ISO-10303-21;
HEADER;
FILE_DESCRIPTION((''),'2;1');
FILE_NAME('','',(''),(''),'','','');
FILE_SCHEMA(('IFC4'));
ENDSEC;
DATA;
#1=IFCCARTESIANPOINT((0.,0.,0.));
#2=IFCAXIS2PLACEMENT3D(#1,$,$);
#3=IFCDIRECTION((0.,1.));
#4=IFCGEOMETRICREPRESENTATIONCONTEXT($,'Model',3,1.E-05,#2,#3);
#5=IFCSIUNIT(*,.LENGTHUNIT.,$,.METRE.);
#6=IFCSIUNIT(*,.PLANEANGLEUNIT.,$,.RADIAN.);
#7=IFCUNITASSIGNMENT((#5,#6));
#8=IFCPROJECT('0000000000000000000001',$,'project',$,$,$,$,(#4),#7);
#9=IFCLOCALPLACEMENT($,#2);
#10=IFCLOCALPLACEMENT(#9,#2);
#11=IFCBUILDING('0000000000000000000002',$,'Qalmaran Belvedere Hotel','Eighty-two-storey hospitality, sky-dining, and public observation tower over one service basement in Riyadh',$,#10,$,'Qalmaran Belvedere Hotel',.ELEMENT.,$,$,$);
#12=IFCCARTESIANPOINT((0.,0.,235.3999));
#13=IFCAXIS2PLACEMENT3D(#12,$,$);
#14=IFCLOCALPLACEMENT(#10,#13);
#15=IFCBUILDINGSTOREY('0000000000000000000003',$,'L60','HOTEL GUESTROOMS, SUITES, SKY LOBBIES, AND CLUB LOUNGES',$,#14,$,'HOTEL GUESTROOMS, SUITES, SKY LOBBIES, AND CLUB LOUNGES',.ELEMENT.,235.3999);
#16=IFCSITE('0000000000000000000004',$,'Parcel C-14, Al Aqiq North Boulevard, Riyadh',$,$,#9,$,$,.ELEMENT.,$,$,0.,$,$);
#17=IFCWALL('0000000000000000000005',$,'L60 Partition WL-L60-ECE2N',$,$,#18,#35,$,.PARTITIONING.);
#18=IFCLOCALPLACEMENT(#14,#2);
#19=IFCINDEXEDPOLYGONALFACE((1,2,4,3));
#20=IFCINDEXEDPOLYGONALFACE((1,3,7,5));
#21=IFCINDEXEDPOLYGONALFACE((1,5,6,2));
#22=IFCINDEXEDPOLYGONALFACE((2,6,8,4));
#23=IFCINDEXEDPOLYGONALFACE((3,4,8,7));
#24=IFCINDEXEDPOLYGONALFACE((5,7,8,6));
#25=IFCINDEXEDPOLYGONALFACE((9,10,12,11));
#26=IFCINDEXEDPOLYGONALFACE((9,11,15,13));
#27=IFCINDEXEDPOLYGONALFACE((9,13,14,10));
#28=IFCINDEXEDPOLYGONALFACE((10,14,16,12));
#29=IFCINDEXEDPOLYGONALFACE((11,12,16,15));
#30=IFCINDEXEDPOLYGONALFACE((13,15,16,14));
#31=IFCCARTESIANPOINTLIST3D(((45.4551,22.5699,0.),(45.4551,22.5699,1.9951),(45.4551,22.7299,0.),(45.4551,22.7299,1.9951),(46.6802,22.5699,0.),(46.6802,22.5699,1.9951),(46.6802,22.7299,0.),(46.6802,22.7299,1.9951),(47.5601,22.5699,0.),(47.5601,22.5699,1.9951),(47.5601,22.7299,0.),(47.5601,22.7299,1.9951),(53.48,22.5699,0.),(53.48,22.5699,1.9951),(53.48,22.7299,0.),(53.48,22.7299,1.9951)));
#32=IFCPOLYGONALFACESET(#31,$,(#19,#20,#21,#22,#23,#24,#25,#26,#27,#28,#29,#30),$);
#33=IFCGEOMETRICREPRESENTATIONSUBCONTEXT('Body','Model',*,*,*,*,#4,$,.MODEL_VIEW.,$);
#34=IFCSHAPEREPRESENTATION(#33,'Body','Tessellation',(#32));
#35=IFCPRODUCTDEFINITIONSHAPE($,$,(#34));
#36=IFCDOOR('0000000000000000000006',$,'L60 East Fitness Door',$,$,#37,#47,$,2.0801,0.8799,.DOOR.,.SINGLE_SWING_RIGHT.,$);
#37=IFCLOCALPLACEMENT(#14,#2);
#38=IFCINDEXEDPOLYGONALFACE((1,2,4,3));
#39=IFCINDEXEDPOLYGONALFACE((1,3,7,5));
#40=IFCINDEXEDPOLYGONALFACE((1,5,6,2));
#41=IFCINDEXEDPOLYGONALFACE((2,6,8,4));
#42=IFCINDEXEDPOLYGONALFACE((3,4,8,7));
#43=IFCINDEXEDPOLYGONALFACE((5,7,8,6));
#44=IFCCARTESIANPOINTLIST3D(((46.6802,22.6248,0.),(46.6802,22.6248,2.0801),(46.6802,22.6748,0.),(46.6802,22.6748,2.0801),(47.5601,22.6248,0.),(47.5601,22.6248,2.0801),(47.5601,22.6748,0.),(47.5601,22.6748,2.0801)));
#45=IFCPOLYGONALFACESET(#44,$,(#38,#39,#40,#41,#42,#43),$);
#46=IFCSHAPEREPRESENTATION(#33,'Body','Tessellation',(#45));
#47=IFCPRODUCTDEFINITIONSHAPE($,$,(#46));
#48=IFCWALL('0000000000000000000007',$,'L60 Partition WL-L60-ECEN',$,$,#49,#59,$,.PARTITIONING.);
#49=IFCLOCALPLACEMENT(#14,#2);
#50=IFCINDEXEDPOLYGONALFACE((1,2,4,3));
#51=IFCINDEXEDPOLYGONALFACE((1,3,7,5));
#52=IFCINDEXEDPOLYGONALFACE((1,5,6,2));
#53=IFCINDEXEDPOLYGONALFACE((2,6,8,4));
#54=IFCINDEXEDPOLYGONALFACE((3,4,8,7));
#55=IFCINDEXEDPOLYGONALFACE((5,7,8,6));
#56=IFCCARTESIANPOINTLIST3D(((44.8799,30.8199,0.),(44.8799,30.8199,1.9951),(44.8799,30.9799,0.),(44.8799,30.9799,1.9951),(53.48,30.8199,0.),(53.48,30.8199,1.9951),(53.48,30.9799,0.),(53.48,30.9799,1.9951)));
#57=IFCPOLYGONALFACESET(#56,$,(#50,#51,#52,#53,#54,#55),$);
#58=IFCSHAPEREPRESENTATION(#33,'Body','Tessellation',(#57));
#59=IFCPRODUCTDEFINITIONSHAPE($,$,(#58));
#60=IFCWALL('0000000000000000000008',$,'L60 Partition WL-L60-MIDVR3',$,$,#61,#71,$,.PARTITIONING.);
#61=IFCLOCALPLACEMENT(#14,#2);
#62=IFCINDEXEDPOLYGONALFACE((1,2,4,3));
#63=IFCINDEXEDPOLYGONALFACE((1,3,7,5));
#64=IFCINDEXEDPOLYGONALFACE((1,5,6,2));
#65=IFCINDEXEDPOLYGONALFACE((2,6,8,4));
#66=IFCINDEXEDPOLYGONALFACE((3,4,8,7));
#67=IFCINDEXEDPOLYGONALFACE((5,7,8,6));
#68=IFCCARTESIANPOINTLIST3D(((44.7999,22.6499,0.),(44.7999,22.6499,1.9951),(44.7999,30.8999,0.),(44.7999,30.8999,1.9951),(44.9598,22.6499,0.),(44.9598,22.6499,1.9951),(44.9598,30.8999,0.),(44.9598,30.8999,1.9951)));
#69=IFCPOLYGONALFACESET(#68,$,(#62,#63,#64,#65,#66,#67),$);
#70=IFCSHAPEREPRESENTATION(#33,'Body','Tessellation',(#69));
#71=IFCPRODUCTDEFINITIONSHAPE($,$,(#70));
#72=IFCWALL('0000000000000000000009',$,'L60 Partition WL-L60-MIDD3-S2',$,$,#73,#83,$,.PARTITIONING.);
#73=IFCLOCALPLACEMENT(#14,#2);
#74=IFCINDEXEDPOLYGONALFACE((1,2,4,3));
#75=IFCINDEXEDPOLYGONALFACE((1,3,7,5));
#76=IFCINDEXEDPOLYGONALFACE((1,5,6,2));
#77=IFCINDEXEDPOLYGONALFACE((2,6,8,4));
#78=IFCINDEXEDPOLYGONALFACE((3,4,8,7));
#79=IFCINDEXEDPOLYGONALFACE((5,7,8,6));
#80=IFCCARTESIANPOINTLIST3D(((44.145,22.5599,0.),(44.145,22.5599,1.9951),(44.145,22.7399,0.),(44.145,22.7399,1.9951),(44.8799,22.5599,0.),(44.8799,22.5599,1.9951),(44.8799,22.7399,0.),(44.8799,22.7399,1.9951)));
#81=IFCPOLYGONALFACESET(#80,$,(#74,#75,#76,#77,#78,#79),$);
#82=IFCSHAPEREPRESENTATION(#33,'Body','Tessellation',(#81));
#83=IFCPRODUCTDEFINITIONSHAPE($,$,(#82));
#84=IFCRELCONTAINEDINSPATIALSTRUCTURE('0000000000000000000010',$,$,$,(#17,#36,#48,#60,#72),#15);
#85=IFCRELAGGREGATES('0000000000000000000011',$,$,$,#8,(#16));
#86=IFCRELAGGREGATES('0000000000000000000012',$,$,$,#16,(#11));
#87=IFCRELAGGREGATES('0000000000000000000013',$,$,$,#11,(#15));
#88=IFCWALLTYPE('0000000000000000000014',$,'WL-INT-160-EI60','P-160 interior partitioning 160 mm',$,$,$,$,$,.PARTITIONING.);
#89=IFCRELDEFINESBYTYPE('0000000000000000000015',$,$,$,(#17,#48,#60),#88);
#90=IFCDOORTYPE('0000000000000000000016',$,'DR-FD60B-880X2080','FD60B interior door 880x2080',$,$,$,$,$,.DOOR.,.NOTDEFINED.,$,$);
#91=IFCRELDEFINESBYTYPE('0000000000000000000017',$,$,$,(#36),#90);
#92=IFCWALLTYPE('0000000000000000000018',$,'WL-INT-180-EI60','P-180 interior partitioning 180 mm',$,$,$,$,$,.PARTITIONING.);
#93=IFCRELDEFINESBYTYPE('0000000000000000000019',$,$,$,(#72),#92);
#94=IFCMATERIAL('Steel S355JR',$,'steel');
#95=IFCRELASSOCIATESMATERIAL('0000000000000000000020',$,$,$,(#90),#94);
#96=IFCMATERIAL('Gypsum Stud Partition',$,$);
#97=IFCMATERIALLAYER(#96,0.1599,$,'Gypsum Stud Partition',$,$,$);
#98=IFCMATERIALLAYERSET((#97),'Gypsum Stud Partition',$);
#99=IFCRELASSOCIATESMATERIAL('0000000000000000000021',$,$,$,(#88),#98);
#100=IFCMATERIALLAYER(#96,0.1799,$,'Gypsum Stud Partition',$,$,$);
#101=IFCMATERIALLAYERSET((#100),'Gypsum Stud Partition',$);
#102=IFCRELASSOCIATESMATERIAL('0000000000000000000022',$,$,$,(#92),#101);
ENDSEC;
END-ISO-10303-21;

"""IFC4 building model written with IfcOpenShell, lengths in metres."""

from ifc_helpers import new_model, si_unit, direction, frame, frame_2d, origin, place, context, subcontext, project, spatial, rectangle, extrude, material, layer, layer_set, type_object, element, fill, save


model = new_model("IFC4")

# Units and contexts
model_context = context("Model", 3, precision=1e-05, world=origin(), true_north=direction((0.0, 1.0)))
body_context = subcontext(model_context, "Body", "Model", "MODEL_VIEW")
ifc_project = project(units=[si_unit("LENGTHUNIT", "METRE"), si_unit("PLANEANGLEUNIT", "RADIAN")], contexts=[model_context])

# Site, building, storey
site_placement = place(None, origin())
site = spatial("IfcSite", under=ifc_project, at=site_placement, Name="Parcel C-14, Al Aqiq North Boulevard, Riyadh", CompositionType="ELEMENT", RefElevation=0.0)
building_placement = place(site_placement, origin())
building = spatial("IfcBuilding", under=site, at=building_placement, Name="Qalmaran Belvedere Hotel", Description="Eighty-two-storey hospitality, sky-dining, and public observation tower over one service basement in Riyadh", LongName="Qalmaran Belvedere Hotel", CompositionType="ELEMENT")
storey_placement = place(building_placement, frame((0.0, 0.0, 235.3999)))
storey = spatial("IfcBuildingStorey", under=building, at=storey_placement, Name="L60", Description="HOTEL GUESTROOMS, SUITES, SKY LOBBIES, AND CLUB LOUNGES", LongName="HOTEL GUESTROOMS, SUITES, SKY LOBBIES, AND CLUB LOUNGES", CompositionType="ELEMENT", Elevation=235.3999)

# Shared definitions
ifc_material_1 = material(Name="Steel S355JR", Category="steel")

# Shared definitions
ifc_material_2 = material(Name="Gypsum Stud Partition")

# Shared definitions
door_type = type_object("IfcDoorType", Name="DR-FD60B-880X2080", Description="FD60B interior door 880x2080", OperationType="NOTDEFINED", PredefinedType="DOOR", material=ifc_material_1)

# Shared definitions
ifc_layer_1 = layer(ifc_material_2, 0.1599, Name="Gypsum Stud Partition")
ifc_layer_set_1 = layer_set([ifc_layer_1], Name="Gypsum Stud Partition")
wall_type_1 = type_object("IfcWallType", Name="WL-INT-160-EI60", Description="P-160 interior partitioning 160 mm", PredefinedType="PARTITIONING", material=ifc_layer_set_1)

# Wall, opening, door
wall_1_placement = place(storey_placement, frame((45.4551, 22.6499, 0.0), z_axis=(0.0, 0.0, 1.0), x_axis=(1.0, 0.0, 0.0)))
wall_1 = element("IfcWall", 1, at=wall_1_placement, inside=storey, type_object=wall_type_1, Name="L60 Partition WL-L60-ECE2N", PredefinedType="PARTITIONING", context=body_context, shape_type="SweptSolid", body=[
    extrude(rectangle(XDim=8.0249, YDim=0.1599, at=frame_2d((4.0125, 0.0))), origin(), (0.0, 0.0, 1.0), 1.9951),
])
opening_1_placement = place(wall_1_placement, frame((1.2251, 0.0, 0.0)))
opening_1 = element("IfcOpeningElement", 2, at=opening_1_placement, cuts=wall_1, PredefinedType="OPENING", context=body_context, shape_type="SweptSolid", body=[
    extrude(rectangle(XDim=0.8799, YDim=2.0801, at=frame_2d((0.4399, 1.04))), frame((0.0, 0.0898, 0.0), z_axis=(0.0, -1.0, 0.0), x_axis=(1.0, 0.0, 0.0)), (0.0, 0.0, 1.0), 0.1799),
])
door_1_placement = place(opening_1_placement, origin())
door_1 = element("IfcDoor", 3, at=door_1_placement, inside=storey, type_object=door_type, Name="L60 East Fitness Door", OperationType="SINGLE_SWING_RIGHT", OverallHeight=2.0801, OverallWidth=0.8799, PredefinedType="DOOR", context=body_context, shape_type="SweptSolid", body=[
    extrude(rectangle(XDim=0.8799, YDim=2.0801, at=frame_2d((0.4399, 1.04))), frame((0.0, 0.0249, 0.0), z_axis=(0.0, -1.0, 0.0), x_axis=(1.0, 0.0, 0.0)), (0.0, 0.0, 1.0), 0.05),
])
fill(opening_1, door_1)

# Walls
wall_2_placement = place(storey_placement, frame((44.8799, 30.8999, 0.0), z_axis=(0.0, 0.0, 1.0), x_axis=(1.0, 0.0, 0.0)))
element("IfcWall", 4, at=wall_2_placement, inside=storey, type_object=wall_type_1, Name="L60 Partition WL-L60-ECEN", PredefinedType="PARTITIONING", context=body_context, shape_type="SweptSolid", body=[
    extrude(rectangle(XDim=8.6001, YDim=0.1599, at=frame_2d((4.3, 0.0))), origin(), (0.0, 0.0, 1.0), 1.9951),
])
wall_3_placement = place(storey_placement, frame((44.8799, 22.6499, 0.0), z_axis=(0.0, 0.0, 1.0), x_axis=(0.0, 1.0, 0.0)))
element("IfcWall", 5, at=wall_3_placement, inside=storey, type_object=wall_type_1, Name="L60 Partition WL-L60-MIDVR3", PredefinedType="PARTITIONING", context=body_context, shape_type="SweptSolid", body=[
    extrude(rectangle(XDim=8.25, YDim=0.1599, at=frame_2d((4.125, 0.0))), origin(), (0.0, 0.0, 1.0), 1.9951),
])
ifc_layer_2 = layer(ifc_material_2, 0.1799, Name="Gypsum Stud Partition")
ifc_layer_set_2 = layer_set([ifc_layer_2], Name="Gypsum Stud Partition")
wall_type_2 = type_object("IfcWallType", Name="WL-INT-180-EI60", Description="P-180 interior partitioning 180 mm", PredefinedType="PARTITIONING", material=ifc_layer_set_2)
wall_4_placement = place(storey_placement, frame((44.145, 22.6499, 0.0), z_axis=(0.0, 0.0, 1.0), x_axis=(1.0, 0.0, 0.0)))
element("IfcWall", 6, at=wall_4_placement, inside=storey, type_object=wall_type_2, Name="L60 Partition WL-L60-MIDD3-S2", PredefinedType="PARTITIONING", context=body_context, shape_type="SweptSolid", body=[
    extrude(rectangle(XDim=0.7349, YDim=0.1799, at=frame_2d((0.3674, 0.0))), origin(), (0.0, 0.0, 1.0), 1.9951),
])

save(model, "model.ifc")
